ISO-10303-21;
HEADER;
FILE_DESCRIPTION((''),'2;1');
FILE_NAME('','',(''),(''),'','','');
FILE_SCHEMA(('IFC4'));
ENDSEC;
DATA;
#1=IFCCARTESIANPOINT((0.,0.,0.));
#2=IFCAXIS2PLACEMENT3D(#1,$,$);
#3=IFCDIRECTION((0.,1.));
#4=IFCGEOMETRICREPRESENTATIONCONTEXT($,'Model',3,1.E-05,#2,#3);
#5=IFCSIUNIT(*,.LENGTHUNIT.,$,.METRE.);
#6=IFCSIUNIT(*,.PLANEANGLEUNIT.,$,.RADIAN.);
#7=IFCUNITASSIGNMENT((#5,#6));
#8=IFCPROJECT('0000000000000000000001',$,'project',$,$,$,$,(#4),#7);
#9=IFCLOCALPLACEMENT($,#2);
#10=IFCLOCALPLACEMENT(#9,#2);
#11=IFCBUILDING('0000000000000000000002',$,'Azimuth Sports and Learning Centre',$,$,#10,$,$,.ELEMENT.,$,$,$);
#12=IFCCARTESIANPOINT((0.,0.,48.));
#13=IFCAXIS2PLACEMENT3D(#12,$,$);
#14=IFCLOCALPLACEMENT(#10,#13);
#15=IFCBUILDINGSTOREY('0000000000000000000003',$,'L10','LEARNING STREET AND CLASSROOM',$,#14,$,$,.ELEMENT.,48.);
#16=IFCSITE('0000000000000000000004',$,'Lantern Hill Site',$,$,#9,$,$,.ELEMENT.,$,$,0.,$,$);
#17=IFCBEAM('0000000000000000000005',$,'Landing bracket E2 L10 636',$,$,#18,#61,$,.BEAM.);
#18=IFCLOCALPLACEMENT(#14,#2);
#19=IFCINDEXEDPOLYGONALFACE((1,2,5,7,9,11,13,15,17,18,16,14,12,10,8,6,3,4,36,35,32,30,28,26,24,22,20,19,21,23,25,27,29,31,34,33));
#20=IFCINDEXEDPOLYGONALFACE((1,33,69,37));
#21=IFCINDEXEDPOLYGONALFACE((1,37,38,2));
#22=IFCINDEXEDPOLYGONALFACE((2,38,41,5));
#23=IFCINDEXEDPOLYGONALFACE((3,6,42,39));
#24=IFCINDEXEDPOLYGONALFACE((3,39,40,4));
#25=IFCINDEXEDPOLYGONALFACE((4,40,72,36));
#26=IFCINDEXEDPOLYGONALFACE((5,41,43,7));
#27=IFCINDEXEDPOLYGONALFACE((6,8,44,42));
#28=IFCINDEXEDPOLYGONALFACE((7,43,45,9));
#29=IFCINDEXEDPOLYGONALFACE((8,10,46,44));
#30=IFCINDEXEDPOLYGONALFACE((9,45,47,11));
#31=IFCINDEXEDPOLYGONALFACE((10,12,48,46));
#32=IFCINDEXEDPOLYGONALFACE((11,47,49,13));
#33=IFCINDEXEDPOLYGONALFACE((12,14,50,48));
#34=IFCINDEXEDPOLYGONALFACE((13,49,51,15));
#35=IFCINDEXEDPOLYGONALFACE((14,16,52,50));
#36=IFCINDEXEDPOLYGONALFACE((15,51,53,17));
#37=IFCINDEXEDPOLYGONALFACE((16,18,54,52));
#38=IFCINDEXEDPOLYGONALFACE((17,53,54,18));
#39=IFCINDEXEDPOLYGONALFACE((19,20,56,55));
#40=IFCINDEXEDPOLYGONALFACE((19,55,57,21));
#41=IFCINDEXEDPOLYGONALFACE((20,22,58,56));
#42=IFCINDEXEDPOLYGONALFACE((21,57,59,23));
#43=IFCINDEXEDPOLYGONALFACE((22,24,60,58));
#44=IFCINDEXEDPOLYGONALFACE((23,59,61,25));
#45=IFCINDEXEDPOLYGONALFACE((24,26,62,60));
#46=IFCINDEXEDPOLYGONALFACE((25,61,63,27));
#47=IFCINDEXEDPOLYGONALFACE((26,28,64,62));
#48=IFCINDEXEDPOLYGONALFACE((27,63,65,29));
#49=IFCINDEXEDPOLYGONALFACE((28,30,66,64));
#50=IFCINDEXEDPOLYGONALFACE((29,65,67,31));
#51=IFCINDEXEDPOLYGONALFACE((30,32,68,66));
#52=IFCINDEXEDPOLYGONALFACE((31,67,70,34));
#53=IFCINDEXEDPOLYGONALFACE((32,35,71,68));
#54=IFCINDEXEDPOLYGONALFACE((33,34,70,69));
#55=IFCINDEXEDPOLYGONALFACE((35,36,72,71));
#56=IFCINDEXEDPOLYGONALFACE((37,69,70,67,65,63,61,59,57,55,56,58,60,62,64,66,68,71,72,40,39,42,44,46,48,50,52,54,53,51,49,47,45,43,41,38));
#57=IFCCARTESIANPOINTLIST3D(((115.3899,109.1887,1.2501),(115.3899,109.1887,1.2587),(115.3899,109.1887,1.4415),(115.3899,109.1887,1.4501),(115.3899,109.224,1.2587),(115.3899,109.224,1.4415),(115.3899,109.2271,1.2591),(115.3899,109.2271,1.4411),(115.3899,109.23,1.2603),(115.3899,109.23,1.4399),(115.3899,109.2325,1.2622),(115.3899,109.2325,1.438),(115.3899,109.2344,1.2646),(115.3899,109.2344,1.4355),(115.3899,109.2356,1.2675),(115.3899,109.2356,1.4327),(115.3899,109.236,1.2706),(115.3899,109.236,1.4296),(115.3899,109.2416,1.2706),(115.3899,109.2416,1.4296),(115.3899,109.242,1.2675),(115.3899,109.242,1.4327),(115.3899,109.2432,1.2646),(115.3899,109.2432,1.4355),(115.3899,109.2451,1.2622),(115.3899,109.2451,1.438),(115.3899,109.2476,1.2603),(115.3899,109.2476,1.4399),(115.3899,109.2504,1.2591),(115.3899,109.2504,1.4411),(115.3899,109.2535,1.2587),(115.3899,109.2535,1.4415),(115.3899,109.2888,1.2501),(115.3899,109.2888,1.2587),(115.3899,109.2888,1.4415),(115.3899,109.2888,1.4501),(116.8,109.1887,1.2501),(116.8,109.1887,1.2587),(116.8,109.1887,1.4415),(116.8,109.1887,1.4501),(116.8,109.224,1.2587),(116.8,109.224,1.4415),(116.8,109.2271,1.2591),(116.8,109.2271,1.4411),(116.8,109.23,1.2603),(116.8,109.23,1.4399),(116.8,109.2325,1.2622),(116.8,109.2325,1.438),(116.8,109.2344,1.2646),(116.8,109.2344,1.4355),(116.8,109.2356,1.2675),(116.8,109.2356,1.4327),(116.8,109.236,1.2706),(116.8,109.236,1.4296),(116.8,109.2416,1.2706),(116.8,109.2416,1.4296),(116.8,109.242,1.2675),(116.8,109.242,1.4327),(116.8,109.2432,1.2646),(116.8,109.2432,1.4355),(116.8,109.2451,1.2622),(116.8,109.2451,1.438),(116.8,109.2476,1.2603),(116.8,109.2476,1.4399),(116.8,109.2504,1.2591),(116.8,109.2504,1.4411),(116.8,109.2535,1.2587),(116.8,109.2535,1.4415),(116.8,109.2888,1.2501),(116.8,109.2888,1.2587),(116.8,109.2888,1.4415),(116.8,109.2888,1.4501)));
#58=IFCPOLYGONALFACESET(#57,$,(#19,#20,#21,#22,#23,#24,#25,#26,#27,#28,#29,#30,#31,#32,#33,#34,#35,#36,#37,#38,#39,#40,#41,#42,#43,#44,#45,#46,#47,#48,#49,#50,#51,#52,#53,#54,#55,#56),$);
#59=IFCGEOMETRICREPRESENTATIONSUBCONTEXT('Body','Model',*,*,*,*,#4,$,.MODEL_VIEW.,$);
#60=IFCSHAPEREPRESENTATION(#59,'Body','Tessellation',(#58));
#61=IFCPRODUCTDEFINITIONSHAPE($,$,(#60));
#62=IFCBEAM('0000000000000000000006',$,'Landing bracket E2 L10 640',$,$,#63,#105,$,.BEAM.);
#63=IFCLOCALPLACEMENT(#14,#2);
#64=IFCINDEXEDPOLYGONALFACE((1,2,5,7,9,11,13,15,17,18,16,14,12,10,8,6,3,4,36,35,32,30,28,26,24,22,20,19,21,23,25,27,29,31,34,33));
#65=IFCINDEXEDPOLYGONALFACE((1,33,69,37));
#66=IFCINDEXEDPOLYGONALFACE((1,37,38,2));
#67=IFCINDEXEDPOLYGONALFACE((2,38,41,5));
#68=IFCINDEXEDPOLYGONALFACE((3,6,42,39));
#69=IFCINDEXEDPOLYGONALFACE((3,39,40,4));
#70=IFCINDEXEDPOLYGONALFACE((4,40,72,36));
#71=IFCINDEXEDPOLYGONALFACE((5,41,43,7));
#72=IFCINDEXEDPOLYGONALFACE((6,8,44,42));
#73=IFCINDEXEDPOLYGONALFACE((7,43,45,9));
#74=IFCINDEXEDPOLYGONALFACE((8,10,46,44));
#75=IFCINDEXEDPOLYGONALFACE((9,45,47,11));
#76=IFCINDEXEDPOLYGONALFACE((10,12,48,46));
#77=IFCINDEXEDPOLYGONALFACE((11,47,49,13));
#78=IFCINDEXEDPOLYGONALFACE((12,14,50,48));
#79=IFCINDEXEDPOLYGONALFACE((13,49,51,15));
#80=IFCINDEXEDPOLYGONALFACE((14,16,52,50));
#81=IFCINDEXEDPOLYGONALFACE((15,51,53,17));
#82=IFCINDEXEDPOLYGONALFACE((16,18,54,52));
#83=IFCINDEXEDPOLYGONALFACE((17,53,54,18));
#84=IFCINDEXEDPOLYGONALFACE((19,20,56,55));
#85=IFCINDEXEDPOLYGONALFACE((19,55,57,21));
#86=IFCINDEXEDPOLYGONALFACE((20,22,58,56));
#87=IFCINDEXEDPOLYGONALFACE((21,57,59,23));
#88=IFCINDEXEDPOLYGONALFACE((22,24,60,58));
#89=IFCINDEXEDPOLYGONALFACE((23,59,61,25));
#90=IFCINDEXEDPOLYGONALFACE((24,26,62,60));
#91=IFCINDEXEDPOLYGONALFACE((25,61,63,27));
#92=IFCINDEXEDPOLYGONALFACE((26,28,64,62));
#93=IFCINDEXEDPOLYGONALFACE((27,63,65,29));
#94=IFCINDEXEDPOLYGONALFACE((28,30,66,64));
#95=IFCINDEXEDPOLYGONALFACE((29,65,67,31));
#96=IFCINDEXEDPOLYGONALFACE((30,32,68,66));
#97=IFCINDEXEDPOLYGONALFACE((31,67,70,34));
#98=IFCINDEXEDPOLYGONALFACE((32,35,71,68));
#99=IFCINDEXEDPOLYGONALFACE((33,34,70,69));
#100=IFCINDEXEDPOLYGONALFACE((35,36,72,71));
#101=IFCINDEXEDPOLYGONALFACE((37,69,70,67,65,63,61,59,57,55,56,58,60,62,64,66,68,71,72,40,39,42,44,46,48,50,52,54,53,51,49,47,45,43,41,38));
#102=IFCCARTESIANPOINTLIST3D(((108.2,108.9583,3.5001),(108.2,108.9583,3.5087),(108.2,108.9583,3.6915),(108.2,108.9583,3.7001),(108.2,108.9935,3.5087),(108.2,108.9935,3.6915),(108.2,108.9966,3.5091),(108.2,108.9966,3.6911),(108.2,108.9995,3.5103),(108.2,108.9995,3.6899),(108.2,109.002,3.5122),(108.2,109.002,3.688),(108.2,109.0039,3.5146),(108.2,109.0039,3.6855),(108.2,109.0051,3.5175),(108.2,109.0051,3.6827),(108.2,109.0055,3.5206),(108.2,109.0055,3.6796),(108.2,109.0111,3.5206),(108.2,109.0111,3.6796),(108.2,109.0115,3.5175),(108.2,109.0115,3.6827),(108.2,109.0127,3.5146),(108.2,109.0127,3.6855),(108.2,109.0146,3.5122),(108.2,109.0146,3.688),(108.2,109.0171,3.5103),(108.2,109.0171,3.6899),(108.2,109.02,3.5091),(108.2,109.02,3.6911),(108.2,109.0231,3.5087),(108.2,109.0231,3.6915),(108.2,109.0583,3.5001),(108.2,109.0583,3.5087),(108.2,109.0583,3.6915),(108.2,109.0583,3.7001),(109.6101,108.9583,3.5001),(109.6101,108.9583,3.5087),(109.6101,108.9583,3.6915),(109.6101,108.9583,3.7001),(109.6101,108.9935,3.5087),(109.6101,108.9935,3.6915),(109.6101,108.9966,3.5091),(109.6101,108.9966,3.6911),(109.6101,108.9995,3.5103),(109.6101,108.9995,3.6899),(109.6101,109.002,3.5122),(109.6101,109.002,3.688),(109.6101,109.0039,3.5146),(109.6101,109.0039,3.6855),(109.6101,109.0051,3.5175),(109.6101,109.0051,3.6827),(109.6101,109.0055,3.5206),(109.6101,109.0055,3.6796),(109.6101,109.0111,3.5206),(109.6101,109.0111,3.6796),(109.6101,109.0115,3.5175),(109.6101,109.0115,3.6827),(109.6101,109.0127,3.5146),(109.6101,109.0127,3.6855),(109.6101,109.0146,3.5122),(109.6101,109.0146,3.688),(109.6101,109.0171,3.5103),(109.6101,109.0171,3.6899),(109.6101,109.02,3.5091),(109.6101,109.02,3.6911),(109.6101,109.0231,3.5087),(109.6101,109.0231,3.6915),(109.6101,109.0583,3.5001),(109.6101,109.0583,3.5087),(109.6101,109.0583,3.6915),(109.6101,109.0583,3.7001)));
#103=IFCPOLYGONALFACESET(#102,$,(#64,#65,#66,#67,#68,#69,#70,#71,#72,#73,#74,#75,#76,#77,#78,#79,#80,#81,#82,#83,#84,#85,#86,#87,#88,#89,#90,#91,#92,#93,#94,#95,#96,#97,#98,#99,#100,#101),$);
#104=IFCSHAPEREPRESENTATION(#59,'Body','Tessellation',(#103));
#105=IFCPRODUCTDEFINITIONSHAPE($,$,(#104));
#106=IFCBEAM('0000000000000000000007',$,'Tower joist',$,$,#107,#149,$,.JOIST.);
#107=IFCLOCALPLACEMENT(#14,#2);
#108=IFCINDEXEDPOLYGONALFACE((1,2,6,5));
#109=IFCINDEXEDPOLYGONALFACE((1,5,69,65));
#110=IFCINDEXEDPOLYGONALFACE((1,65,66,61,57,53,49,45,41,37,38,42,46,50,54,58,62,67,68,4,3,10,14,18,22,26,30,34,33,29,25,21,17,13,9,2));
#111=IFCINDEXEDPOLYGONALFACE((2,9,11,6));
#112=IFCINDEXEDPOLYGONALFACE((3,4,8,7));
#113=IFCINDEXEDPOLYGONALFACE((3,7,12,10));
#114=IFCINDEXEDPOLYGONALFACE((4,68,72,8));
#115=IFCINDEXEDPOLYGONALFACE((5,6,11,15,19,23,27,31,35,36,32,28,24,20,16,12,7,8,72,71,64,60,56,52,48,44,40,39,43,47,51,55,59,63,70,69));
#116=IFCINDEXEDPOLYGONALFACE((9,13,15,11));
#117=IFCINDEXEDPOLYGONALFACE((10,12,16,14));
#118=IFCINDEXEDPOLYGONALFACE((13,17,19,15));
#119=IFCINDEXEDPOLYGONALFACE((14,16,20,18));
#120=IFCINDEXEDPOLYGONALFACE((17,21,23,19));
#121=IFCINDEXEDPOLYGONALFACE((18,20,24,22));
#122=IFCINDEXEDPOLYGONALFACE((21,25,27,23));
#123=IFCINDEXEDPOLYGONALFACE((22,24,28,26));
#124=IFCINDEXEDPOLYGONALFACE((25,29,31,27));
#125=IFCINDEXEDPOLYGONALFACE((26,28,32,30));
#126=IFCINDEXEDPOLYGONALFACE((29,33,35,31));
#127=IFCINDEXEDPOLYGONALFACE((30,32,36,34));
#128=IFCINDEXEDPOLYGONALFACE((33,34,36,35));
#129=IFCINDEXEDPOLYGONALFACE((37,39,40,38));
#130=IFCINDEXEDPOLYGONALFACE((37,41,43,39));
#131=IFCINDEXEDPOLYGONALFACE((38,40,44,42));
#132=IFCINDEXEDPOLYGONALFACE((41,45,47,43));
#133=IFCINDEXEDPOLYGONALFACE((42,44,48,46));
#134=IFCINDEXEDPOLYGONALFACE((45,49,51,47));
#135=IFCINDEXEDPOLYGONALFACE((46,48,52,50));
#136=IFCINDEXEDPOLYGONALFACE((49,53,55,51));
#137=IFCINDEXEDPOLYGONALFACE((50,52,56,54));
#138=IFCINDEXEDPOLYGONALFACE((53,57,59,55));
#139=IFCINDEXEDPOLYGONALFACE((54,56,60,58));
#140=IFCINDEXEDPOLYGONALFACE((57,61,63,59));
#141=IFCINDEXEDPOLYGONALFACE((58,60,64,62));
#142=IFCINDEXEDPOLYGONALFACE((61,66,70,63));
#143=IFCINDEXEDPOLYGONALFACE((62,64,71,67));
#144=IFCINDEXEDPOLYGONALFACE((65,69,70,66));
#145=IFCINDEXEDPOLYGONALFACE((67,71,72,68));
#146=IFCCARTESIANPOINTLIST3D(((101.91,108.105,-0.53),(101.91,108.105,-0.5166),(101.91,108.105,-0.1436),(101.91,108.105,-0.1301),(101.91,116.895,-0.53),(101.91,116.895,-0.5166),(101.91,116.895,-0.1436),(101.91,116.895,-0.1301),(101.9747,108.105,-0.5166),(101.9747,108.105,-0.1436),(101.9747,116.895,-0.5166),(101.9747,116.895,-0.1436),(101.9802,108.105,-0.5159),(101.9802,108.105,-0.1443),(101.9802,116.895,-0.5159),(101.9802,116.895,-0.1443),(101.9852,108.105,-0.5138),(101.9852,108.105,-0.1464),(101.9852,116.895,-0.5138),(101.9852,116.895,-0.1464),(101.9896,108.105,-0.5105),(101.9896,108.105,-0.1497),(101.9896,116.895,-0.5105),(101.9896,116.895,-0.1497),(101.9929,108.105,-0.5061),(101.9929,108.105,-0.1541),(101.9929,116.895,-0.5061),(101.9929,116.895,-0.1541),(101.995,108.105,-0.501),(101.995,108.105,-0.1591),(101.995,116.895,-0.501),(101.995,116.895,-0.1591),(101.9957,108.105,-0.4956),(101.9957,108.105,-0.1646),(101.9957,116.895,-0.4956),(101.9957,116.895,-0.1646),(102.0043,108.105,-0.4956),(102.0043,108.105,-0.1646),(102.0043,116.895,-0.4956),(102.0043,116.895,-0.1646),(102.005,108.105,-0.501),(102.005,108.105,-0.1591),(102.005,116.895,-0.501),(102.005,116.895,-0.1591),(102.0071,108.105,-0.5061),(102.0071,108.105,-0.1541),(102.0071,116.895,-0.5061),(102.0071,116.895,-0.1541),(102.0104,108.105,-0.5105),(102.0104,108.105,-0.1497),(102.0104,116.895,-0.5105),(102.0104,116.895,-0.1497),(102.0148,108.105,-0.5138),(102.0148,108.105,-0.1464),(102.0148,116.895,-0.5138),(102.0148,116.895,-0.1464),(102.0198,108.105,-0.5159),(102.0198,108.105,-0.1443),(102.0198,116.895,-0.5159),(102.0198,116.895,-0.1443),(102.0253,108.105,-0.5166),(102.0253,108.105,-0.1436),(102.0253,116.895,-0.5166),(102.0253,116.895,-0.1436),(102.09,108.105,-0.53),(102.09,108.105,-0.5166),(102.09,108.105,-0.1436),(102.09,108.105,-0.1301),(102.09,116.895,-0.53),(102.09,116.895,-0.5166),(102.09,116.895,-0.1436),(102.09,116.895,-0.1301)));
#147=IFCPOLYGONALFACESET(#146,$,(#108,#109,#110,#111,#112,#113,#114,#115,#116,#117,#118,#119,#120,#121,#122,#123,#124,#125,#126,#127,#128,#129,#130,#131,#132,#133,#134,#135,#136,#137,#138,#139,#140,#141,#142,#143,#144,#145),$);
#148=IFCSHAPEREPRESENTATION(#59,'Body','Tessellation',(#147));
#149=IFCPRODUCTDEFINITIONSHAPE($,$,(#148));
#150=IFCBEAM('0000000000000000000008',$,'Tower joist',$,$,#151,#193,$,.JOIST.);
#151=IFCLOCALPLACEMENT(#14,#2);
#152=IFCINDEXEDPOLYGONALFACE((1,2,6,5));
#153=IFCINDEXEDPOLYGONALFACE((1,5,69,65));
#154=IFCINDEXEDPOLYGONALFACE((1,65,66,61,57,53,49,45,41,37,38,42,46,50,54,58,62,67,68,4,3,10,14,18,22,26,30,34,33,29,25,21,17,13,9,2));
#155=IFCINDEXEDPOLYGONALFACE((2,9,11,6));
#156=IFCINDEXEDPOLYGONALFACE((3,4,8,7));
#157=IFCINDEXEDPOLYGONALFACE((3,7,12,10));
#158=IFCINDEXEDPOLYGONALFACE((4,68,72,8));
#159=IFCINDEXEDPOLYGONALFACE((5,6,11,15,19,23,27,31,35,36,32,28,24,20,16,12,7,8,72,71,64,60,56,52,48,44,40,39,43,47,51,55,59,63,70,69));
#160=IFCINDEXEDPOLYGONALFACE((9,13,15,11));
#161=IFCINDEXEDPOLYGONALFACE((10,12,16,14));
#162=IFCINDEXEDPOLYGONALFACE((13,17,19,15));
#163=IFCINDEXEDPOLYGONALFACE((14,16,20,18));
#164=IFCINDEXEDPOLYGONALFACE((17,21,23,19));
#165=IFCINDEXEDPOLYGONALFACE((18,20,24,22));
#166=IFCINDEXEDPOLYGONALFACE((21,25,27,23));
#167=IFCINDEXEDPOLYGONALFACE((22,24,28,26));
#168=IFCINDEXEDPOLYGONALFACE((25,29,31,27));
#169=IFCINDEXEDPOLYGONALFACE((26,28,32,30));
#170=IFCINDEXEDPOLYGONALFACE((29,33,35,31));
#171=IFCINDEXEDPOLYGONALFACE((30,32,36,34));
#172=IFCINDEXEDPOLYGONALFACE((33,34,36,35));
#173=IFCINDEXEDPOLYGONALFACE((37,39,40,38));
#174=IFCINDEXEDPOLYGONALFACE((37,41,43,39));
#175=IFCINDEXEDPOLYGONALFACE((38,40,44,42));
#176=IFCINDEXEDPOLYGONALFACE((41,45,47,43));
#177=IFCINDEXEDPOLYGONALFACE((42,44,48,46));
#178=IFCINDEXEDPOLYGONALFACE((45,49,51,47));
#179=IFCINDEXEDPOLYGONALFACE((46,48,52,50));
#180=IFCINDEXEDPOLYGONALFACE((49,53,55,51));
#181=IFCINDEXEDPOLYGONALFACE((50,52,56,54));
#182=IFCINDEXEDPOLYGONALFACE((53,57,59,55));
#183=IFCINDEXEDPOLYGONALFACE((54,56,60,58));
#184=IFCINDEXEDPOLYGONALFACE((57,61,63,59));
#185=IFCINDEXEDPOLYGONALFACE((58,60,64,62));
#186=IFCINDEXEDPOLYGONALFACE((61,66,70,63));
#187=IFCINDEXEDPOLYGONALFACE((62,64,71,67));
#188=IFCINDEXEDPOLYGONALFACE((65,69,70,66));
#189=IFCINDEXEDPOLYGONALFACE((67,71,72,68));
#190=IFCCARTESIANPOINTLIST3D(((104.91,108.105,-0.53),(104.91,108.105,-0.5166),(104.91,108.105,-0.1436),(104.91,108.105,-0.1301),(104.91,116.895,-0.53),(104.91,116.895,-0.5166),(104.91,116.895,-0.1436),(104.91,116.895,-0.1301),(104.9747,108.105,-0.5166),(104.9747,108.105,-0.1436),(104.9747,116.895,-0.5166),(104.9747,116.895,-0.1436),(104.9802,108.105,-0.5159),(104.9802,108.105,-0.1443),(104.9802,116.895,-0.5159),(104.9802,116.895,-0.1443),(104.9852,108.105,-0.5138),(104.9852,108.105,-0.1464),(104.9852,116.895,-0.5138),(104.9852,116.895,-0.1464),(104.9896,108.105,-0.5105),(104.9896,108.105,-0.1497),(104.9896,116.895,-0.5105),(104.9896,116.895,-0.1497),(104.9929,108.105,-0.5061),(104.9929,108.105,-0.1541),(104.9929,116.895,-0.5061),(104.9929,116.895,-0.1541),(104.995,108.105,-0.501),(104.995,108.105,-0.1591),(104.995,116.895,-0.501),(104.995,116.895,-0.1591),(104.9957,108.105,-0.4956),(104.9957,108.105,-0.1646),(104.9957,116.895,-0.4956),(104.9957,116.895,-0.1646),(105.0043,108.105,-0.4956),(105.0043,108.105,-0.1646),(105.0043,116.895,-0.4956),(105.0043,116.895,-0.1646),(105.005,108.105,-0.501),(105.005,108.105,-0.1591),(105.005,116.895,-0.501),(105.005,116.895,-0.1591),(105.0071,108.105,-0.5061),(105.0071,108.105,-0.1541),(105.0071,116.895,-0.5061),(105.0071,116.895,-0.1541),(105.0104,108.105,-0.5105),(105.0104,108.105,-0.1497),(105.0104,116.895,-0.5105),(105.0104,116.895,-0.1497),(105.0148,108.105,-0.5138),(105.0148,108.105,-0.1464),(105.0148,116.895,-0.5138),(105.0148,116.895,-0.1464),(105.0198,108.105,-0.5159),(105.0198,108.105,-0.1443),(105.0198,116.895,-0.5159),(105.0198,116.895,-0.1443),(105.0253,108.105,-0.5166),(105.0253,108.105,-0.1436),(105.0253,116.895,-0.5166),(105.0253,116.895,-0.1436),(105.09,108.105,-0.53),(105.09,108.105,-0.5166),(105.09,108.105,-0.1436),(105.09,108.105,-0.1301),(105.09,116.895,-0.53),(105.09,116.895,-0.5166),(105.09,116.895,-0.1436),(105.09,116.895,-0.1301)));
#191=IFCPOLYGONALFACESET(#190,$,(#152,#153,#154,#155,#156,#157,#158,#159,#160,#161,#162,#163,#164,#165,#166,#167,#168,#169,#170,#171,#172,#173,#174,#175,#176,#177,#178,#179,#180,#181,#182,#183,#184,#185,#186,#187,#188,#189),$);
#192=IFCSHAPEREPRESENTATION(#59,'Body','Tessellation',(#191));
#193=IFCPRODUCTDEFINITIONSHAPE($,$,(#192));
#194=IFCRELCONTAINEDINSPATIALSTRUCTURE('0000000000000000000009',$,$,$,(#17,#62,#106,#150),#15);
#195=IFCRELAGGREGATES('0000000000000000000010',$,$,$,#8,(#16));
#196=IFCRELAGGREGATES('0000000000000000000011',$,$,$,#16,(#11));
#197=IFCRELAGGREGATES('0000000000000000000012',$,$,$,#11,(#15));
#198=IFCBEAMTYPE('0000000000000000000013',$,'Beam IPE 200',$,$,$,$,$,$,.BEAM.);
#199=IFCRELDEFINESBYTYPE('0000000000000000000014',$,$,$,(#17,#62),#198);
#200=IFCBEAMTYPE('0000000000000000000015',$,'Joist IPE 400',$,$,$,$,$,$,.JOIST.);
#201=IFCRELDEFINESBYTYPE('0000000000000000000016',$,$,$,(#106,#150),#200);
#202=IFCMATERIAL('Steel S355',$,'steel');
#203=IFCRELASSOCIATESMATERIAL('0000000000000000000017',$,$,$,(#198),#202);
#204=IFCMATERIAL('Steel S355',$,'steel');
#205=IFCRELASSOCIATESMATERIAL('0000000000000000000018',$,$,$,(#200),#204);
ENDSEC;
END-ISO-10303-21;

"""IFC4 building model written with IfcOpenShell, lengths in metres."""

from ifc_helpers import new_model, si_unit, direction, frame, origin, origin_2d, place, context, subcontext, project, spatial, i_section, extrude, material, material_profile, profile_set, type_object, element, save


model = new_model("IFC4")

# Units and contexts
model_context = context("Model", 3, precision=1e-05, world=origin(), true_north=direction((0.0, 1.0)))
body_context = subcontext(model_context, "Body", "Model", "MODEL_VIEW")
ifc_project = project(units=[si_unit("LENGTHUNIT", "METRE"), si_unit("PLANEANGLEUNIT", "RADIAN")], contexts=[model_context])

# Site, building, storey
site_placement = place(None, origin())
site = spatial("IfcSite", under=ifc_project, at=site_placement, Name="Lantern Hill Site", CompositionType="ELEMENT", RefElevation=0.0)
building_placement = place(site_placement, origin())
building = spatial("IfcBuilding", under=site, at=building_placement, Name="Azimuth Sports and Learning Centre", CompositionType="ELEMENT")
storey_placement = place(building_placement, frame((0.0, 0.0, 48.0)))
storey = spatial("IfcBuildingStorey", under=building, at=storey_placement, Name="L10", Description="LEARNING STREET AND CLASSROOM", CompositionType="ELEMENT", Elevation=48.0)

# Beams
ifc_material_1 = material(Name="Steel S355", Category="steel")
ifc_material_profile_1 = material_profile(ifc_material_1, i_section(OverallWidth=0.1001, OverallDepth=0.2, WebThickness=0.0056, FlangeThickness=0.0085, FilletRadius=0.012, at=origin_2d()), Name="IPE 200")
ifc_profile_set_1 = profile_set([ifc_material_profile_1], Name="Steel S355")
beam_type_1 = type_object("IfcBeamType", Name="Beam IPE 200", PredefinedType="BEAM", material=ifc_profile_set_1)
for number, where, z_axis, x_axis, name in (
    (1, (116.8, 109.2388, 1.3501), (-1.0, 0.0, 0.0), (0.0, -1.0, 0.0), "Landing bracket E2 L10 636"),
    (2, (108.2, 109.0083, 3.6001), (1.0, 0.0, 0.0), (0.0, 1.0, 0.0), "Landing bracket E2 L10 640"),
):
    element("IfcBeam", number, at=place(storey_placement, frame(where, z_axis=z_axis, x_axis=x_axis)), inside=storey, type_object=beam_type_1, Name=name, PredefinedType="BEAM", context=body_context, shape_type="SweptSolid", body=[
        extrude(i_section(OverallWidth=0.1001, OverallDepth=0.2, WebThickness=0.0056, FlangeThickness=0.0085, FilletRadius=0.012, at=origin_2d()), origin(), (0.0, 0.0, 1.0), 1.4102),
    ])
ifc_material_2 = material(Name="Steel S355", Category="steel")
ifc_material_profile_2 = material_profile(ifc_material_2, i_section(OverallWidth=0.1799, OverallDepth=0.3999, WebThickness=0.0085, FlangeThickness=0.0134, FilletRadius=0.021, at=origin_2d()), Name="IPE 400")
ifc_profile_set_2 = profile_set([ifc_material_profile_2], Name="Steel S355")
beam_type_2 = type_object("IfcBeamType", Name="Joist IPE 400", PredefinedType="JOIST", material=ifc_profile_set_2)
for number, where, z_axis, x_axis, name in (
    (3, (102.0, 108.105, -0.3301), (0.0, 1.0, 0.0), (-1.0, 0.0, 0.0), "Tower joist"),
    (4, (105.0, 108.105, -0.3301), (0.0, 1.0, 0.0), (-1.0, 0.0, 0.0), "Tower joist"),
):
    element("IfcBeam", number, at=place(storey_placement, frame(where, z_axis=z_axis, x_axis=x_axis)), inside=storey, type_object=beam_type_2, Name=name, PredefinedType="JOIST", context=body_context, shape_type="SweptSolid", body=[
        extrude(i_section(OverallWidth=0.1799, OverallDepth=0.3999, WebThickness=0.0085, FlangeThickness=0.0134, FilletRadius=0.021, at=origin_2d()), origin(), (0.0, 0.0, 1.0), 8.79),
    ])

save(model, "model.ifc")
